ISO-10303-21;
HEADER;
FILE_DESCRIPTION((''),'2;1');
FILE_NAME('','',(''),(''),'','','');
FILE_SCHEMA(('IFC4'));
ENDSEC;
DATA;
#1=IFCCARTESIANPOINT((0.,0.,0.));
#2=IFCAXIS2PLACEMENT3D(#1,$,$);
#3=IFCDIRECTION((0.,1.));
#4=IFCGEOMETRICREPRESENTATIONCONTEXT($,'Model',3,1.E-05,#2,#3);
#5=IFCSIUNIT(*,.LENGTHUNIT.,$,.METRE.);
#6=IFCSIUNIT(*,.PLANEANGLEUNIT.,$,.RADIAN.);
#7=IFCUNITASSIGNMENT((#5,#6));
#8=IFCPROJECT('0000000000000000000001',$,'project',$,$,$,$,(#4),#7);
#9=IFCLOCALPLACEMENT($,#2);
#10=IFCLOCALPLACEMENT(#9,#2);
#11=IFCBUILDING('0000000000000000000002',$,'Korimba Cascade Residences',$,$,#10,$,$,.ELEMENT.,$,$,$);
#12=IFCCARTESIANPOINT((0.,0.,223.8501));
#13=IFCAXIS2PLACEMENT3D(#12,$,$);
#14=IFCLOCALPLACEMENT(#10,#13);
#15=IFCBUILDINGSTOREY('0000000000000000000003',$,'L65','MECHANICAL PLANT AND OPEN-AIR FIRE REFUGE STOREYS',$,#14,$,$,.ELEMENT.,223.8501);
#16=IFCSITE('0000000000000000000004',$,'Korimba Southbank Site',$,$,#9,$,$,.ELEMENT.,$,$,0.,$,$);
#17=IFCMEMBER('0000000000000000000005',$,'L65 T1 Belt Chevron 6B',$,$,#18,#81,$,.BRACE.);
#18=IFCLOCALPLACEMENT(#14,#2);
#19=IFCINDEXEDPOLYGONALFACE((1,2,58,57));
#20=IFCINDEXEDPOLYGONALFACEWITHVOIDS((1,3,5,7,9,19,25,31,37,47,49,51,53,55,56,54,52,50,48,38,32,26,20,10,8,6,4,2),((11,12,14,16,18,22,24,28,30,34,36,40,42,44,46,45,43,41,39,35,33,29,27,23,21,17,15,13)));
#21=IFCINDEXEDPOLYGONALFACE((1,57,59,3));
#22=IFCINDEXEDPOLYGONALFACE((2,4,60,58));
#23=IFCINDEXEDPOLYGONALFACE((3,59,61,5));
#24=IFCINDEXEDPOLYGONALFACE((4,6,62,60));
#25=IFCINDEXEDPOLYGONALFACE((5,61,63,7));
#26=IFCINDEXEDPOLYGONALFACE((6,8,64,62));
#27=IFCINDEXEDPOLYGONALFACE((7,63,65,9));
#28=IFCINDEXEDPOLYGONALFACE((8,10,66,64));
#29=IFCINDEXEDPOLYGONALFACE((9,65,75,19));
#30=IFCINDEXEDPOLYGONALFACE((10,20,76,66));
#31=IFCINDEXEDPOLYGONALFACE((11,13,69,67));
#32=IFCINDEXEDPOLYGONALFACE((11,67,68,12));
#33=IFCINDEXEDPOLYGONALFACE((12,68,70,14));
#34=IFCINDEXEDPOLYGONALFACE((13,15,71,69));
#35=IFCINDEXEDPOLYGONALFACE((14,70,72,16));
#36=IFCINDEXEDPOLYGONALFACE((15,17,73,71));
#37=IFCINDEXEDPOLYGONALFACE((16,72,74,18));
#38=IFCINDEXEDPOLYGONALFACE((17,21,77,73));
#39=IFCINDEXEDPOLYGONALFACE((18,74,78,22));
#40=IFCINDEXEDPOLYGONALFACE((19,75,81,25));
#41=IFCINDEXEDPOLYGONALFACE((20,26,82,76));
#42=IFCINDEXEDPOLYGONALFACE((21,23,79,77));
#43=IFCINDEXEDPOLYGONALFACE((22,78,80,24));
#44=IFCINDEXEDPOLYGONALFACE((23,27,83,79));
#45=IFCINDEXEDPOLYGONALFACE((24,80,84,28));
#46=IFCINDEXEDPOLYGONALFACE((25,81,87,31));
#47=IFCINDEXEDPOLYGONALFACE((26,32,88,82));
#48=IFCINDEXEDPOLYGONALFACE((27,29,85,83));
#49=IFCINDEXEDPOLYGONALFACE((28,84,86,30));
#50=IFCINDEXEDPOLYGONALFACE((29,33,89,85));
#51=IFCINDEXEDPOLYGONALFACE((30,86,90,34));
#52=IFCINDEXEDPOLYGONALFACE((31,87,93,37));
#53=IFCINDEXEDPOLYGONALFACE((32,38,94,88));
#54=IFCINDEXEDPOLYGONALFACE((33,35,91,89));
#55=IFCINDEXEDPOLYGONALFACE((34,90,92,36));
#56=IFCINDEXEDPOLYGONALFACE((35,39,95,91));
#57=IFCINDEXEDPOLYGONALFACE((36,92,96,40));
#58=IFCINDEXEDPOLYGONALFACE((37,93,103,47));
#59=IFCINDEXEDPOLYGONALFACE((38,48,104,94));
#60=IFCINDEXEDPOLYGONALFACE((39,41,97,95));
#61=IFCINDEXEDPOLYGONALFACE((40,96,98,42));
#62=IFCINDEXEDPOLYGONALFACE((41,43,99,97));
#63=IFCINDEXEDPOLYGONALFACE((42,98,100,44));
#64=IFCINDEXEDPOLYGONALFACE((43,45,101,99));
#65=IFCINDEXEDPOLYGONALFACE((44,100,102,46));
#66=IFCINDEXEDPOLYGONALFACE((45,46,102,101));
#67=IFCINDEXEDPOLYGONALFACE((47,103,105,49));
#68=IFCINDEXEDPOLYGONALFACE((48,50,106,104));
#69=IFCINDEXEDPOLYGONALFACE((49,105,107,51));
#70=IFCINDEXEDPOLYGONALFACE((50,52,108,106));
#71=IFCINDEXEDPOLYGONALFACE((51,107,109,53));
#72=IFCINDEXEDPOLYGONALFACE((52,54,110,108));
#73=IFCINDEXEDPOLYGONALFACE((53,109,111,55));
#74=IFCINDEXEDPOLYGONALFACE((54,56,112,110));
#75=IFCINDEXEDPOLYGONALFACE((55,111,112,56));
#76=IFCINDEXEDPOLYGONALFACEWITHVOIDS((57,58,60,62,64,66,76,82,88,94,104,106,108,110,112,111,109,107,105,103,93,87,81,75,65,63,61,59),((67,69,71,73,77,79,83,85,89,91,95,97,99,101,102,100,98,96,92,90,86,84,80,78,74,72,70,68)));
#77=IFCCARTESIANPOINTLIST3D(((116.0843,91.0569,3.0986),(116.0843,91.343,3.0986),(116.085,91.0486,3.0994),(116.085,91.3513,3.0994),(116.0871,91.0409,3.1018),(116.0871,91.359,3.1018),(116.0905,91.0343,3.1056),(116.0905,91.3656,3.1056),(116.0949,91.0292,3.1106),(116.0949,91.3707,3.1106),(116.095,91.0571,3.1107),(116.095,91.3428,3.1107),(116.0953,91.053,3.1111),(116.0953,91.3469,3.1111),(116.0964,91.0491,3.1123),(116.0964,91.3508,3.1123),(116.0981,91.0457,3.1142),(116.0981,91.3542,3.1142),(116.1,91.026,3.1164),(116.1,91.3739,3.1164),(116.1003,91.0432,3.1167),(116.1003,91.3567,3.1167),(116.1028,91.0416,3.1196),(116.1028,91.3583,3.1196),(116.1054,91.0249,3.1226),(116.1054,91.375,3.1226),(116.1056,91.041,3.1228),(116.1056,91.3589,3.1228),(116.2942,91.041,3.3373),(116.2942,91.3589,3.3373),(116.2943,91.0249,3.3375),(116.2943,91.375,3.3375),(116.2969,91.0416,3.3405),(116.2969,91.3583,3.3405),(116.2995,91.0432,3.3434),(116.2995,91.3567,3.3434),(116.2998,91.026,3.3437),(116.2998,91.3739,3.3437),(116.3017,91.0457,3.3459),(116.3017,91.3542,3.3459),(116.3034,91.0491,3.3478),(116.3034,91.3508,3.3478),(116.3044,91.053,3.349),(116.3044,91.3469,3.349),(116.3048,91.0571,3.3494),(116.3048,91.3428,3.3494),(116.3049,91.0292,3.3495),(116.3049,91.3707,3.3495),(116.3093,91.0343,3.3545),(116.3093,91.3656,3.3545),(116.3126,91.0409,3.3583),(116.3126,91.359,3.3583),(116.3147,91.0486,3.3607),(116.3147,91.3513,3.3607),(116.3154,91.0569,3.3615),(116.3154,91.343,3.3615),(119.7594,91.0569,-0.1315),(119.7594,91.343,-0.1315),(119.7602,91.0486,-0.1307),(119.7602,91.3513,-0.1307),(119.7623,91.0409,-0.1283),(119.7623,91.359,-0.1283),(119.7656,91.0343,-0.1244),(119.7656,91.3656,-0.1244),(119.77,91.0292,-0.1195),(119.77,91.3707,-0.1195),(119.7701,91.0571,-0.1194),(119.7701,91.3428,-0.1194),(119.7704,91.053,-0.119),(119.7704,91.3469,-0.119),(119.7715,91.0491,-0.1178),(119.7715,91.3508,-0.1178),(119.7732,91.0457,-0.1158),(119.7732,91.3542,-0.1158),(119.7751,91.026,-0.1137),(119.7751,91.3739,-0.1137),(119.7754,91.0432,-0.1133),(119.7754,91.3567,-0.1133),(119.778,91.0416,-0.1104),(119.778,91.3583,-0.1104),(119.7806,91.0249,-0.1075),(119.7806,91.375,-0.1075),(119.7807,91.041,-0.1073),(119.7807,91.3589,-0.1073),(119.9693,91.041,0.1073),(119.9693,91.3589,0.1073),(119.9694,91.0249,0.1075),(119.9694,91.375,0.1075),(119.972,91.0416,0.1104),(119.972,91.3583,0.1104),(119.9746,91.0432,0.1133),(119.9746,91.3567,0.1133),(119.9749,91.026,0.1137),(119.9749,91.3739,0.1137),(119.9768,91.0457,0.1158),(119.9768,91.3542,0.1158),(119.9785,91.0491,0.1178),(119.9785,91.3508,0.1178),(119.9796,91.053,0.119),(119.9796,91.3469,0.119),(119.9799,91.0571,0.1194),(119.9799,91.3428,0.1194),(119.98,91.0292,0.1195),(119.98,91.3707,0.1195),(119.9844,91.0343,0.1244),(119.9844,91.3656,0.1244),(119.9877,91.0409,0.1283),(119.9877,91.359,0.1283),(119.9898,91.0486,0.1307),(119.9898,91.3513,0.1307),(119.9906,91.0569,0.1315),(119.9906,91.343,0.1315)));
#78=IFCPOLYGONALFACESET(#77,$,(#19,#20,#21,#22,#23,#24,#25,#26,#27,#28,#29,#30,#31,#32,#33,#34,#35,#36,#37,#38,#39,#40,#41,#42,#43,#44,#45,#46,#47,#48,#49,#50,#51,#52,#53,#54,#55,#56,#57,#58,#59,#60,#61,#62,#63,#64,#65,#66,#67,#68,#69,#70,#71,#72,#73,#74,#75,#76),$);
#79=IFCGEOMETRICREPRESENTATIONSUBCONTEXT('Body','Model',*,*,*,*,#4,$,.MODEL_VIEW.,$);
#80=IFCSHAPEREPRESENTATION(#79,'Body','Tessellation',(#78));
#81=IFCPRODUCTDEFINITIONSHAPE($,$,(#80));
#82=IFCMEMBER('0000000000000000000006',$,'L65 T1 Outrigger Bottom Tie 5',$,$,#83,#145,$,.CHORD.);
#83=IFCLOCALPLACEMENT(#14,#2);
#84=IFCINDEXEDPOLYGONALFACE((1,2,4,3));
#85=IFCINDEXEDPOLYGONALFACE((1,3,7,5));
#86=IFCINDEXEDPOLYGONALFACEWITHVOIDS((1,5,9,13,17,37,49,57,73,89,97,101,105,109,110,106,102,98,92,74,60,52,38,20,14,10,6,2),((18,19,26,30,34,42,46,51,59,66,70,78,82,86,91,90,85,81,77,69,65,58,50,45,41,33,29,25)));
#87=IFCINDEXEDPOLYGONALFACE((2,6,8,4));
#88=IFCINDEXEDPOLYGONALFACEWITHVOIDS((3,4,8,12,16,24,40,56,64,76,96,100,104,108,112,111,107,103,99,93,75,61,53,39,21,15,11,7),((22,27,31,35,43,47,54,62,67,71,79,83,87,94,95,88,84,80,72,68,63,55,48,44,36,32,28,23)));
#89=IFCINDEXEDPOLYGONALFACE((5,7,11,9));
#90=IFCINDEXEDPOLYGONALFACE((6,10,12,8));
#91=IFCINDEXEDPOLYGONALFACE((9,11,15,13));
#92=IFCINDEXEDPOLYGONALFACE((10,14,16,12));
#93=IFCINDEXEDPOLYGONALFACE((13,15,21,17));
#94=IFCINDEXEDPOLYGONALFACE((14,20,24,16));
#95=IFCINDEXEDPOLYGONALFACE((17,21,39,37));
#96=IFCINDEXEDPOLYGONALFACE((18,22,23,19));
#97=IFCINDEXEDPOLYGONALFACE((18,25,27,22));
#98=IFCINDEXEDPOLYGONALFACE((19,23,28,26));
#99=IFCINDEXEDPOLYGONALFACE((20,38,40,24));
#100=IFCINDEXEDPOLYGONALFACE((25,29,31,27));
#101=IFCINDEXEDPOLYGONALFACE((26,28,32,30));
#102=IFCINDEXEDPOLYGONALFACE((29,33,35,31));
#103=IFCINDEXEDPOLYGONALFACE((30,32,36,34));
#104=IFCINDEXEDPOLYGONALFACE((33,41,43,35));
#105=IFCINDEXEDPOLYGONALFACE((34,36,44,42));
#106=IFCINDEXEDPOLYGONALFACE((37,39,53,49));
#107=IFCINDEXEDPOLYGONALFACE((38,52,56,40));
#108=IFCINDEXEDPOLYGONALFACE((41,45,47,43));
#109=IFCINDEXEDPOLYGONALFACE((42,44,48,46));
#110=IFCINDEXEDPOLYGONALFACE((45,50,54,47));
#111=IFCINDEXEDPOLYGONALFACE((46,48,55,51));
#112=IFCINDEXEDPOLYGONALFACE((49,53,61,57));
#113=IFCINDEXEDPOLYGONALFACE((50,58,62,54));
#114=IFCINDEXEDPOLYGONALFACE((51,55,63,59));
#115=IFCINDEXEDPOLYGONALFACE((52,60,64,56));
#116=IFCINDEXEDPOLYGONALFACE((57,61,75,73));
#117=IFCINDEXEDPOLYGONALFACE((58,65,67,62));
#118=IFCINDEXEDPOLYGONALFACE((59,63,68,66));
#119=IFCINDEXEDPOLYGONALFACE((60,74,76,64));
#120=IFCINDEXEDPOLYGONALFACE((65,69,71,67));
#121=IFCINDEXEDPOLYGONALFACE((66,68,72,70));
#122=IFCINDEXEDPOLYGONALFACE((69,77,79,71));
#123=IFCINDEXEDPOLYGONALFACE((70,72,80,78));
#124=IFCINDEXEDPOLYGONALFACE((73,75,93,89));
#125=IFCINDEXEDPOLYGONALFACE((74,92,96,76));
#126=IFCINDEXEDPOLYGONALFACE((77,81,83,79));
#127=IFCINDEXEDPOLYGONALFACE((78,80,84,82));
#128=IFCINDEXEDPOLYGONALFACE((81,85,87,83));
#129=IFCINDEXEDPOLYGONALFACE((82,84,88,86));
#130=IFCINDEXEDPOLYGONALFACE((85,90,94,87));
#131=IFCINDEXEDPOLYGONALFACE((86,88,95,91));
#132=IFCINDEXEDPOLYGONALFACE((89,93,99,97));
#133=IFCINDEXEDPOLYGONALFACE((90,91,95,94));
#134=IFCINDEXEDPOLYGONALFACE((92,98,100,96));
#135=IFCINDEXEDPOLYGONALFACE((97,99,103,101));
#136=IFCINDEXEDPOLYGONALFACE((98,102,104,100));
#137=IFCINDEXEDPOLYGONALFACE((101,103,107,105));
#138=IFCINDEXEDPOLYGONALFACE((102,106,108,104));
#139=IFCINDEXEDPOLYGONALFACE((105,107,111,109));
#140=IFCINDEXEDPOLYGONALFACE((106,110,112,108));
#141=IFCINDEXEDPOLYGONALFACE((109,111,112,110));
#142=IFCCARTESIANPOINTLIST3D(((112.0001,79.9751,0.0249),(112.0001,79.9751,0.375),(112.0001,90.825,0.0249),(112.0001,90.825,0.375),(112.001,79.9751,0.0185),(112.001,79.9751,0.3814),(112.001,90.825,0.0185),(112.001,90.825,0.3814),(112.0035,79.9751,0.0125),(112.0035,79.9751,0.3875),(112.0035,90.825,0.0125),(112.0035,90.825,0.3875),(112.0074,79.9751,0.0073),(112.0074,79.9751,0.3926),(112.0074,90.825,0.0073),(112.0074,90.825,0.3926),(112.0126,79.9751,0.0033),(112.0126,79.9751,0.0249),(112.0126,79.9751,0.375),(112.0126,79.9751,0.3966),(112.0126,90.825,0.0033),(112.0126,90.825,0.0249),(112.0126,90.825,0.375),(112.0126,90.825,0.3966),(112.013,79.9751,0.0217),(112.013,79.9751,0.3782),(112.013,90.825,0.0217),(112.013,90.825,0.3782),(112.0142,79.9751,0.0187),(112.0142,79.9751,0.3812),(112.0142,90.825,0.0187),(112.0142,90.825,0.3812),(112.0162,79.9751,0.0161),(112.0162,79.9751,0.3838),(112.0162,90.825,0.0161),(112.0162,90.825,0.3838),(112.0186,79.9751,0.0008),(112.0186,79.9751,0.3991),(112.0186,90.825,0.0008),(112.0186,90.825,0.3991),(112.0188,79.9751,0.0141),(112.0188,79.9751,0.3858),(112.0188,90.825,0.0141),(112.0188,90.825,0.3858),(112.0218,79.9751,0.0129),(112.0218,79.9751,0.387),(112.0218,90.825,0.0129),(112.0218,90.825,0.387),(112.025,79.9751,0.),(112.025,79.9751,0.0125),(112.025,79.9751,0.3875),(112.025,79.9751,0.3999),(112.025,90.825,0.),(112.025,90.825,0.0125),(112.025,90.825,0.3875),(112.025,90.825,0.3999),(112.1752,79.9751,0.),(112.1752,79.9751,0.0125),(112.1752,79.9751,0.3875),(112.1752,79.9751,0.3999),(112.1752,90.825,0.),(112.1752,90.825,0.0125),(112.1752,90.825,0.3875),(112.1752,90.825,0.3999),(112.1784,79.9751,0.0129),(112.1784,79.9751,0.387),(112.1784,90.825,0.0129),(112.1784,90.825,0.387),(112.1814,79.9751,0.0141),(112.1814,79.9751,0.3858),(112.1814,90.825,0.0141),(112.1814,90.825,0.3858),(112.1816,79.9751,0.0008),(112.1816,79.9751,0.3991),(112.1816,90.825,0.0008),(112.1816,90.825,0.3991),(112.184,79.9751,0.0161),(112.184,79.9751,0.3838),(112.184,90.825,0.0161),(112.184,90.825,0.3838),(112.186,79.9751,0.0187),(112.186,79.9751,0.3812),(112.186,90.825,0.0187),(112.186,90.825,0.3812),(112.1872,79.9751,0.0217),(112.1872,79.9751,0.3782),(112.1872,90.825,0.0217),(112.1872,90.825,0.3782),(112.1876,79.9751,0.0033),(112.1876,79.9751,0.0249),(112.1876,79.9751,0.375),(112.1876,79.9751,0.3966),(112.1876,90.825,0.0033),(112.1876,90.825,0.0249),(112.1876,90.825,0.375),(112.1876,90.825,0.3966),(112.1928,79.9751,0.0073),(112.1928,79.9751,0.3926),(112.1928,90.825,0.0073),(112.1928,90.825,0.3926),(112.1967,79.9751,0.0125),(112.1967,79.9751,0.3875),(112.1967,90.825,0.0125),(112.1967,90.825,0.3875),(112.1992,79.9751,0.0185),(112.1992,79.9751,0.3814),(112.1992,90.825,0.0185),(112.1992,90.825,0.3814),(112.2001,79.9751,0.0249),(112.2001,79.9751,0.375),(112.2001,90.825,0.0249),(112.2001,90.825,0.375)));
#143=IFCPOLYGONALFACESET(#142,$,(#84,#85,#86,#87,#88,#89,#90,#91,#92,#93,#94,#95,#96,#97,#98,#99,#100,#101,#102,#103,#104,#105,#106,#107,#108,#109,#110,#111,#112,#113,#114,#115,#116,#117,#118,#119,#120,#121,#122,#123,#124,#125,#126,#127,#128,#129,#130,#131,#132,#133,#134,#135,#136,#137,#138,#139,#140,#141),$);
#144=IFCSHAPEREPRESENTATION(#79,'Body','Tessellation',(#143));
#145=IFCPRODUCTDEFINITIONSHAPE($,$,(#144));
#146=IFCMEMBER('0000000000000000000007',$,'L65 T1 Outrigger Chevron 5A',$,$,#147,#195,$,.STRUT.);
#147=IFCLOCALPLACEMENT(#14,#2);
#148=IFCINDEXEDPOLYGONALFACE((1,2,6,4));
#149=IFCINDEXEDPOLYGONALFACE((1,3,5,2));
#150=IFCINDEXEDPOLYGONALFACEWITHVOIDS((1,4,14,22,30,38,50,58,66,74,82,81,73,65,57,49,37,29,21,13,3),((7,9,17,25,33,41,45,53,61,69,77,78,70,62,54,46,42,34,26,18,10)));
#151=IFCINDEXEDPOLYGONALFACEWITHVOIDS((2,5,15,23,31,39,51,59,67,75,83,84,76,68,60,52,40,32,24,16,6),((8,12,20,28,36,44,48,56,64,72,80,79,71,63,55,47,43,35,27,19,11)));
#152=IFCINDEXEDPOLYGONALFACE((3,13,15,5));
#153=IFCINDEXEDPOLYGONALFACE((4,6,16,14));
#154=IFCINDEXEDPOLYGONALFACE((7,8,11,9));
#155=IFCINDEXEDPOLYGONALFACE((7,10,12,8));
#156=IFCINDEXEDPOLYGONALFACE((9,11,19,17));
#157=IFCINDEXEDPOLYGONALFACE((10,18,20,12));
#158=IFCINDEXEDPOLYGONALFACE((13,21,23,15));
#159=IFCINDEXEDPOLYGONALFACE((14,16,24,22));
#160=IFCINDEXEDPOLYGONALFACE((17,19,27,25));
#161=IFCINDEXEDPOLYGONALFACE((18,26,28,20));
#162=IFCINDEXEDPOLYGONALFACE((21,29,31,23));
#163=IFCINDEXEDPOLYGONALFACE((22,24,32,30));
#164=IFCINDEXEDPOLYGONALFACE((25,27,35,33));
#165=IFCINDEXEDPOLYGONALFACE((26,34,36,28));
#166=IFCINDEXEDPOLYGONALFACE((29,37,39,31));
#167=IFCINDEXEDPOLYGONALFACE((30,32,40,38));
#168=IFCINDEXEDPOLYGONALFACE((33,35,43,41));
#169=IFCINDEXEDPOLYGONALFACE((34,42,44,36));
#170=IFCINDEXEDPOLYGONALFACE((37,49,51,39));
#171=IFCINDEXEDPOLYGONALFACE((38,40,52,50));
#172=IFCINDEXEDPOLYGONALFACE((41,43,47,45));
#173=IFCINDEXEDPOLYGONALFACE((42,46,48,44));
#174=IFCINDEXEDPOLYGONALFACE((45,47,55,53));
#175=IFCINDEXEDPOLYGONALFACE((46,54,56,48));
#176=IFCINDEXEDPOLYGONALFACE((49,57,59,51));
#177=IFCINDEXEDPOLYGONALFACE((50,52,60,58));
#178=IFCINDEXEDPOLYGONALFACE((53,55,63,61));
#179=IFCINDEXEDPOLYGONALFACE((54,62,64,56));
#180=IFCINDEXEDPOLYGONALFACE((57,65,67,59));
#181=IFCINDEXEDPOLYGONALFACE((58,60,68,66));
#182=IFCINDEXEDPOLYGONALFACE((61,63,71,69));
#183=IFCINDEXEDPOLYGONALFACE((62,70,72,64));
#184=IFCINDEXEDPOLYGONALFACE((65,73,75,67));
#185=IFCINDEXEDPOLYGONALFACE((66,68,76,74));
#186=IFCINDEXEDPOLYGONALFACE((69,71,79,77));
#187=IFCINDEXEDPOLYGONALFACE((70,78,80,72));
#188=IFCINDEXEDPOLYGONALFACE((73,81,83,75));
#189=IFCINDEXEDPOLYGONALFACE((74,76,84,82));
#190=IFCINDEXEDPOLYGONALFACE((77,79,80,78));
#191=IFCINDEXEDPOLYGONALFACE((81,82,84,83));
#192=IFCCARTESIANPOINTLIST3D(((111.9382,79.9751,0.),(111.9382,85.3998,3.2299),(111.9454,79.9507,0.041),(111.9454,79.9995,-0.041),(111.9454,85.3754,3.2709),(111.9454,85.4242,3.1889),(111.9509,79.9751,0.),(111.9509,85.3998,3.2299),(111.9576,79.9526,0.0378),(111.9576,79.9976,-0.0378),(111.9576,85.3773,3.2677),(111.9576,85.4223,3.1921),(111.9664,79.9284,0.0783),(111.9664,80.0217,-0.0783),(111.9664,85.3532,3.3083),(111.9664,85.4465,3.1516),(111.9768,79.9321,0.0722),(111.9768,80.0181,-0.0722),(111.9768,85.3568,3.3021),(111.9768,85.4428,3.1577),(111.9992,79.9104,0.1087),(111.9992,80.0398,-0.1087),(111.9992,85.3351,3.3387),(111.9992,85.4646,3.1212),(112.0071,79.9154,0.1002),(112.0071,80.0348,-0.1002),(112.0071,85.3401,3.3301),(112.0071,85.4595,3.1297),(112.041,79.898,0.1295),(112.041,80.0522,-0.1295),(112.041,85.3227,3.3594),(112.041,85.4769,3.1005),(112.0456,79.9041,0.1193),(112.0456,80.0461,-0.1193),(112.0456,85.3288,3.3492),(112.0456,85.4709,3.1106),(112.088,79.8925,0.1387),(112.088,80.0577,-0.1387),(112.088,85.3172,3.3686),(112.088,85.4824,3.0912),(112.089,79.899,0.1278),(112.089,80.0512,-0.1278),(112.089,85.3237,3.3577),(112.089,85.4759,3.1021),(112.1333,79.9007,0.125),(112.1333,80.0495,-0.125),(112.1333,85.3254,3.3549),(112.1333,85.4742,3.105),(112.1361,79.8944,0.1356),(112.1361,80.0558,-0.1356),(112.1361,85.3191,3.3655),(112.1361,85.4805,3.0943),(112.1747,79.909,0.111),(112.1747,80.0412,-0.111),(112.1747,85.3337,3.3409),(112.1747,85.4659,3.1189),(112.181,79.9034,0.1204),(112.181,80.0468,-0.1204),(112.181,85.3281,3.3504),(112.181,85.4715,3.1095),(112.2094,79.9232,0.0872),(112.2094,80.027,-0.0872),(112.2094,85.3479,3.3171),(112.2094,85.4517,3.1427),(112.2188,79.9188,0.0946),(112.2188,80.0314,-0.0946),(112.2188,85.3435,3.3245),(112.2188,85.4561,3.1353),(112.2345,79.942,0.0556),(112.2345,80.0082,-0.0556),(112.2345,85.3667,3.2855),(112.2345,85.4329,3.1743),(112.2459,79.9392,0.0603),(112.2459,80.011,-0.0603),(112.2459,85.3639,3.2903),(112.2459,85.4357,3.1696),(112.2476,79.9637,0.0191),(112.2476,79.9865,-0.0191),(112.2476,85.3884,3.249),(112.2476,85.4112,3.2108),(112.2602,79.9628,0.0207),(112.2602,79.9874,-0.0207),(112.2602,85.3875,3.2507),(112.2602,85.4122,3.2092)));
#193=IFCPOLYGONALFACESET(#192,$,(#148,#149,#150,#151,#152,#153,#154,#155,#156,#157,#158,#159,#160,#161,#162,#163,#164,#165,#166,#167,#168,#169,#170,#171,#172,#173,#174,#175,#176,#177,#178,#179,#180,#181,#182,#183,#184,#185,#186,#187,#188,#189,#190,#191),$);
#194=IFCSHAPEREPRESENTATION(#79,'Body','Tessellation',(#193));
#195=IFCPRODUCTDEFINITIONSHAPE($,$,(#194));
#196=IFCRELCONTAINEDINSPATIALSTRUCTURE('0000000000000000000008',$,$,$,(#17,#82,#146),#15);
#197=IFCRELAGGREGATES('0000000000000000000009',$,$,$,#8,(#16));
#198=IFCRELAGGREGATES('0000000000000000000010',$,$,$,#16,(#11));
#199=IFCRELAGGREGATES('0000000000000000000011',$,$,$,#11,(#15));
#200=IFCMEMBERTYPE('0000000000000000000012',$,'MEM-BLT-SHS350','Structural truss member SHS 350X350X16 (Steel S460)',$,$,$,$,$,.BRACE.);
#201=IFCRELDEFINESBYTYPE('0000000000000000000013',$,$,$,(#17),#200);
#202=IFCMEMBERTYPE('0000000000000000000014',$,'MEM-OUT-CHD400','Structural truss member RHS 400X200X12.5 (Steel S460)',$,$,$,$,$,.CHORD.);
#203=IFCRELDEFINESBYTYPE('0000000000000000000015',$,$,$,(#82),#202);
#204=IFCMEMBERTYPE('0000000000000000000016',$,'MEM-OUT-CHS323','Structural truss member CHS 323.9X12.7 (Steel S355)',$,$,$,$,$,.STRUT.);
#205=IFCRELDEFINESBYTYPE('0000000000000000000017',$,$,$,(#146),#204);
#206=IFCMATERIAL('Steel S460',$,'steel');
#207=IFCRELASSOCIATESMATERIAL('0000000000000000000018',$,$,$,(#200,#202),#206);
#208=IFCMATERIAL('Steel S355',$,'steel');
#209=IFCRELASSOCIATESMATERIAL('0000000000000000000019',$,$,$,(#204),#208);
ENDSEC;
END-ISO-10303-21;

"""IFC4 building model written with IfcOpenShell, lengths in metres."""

from ifc_helpers import new_model, si_unit, direction, frame, origin, origin_2d, place, context, subcontext, project, spatial, hollow_rectangle, hollow_circle, extrude, material, material_profile, profile_set, type_object, element, save


model = new_model("IFC4")

# Units and contexts
model_context = context("Model", 3, precision=1e-05, world=origin(), true_north=direction((0.0, 1.0)))
body_context = subcontext(model_context, "Body", "Model", "MODEL_VIEW")
ifc_project = project(units=[si_unit("LENGTHUNIT", "METRE"), si_unit("PLANEANGLEUNIT", "RADIAN")], contexts=[model_context])

# Site, building, storey
site_placement = place(None, origin())
site = spatial("IfcSite", under=ifc_project, at=site_placement, Name="Korimba Southbank Site", CompositionType="ELEMENT", RefElevation=0.0)
building_placement = place(site_placement, origin())
building = spatial("IfcBuilding", under=site, at=building_placement, Name="Korimba Cascade Residences", CompositionType="ELEMENT")
storey_placement = place(building_placement, frame((0.0, 0.0, 223.8501)))
storey = spatial("IfcBuildingStorey", under=building, at=storey_placement, Name="L65", Description="MECHANICAL PLANT AND OPEN-AIR FIRE REFUGE STOREYS", CompositionType="ELEMENT", Elevation=223.8501)

# Shared definitions
ifc_material_1 = material(Name="Steel S355", Category="steel")

# Members
ifc_material_2 = material(Name="Steel S460", Category="steel")
ifc_material_profile_1 = material_profile(ifc_material_2, hollow_rectangle(XDim=0.3501, YDim=0.3501, WallThickness=0.0161, InnerFilletRadius=0.0161, OuterFilletRadius=0.032, at=origin_2d()), Name="Steel S460")
ifc_profile_set_1 = profile_set([ifc_material_profile_1], Name="Steel S460")
member_type_1 = type_object("IfcMemberType", Name="MEM-BLT-SHS350", Description="Structural truss member SHS 350X350X16 (Steel S460)", PredefinedType="BRACE", material=ifc_profile_set_1)
for number, where, z_axis, x_axis, name in (
    (1, (119.875, 91.2, 0.0), (-0.751125, 0.0, 0.66016), (0.0, -1.0, 0.0), "L65 T1 Belt Chevron 6B"),
):
    element("IfcMember", number, at=place(storey_placement, frame(where, z_axis=z_axis, x_axis=x_axis)), inside=storey, type_object=member_type_1, Name=name, PredefinedType="BRACE", context=body_context, shape_type="SweptSolid", body=[
        extrude(hollow_rectangle(XDim=0.3501, YDim=0.3501, WallThickness=0.0161, InnerFilletRadius=0.0161, OuterFilletRadius=0.032, at=origin_2d()), origin(), (0.0, 0.0, 1.0), 4.8928),
    ])
ifc_material_profile_2 = material_profile(ifc_material_2, hollow_rectangle(XDim=0.2, YDim=0.3999, WallThickness=0.0125, InnerFilletRadius=0.0125, OuterFilletRadius=0.0249, at=origin_2d()), Name="Steel S460")
ifc_profile_set_2 = profile_set([ifc_material_profile_2], Name="Steel S460")
member_type_2 = type_object("IfcMemberType", Name="MEM-OUT-CHD400", Description="Structural truss member RHS 400X200X12.5 (Steel S460)", PredefinedType="CHORD", material=ifc_profile_set_2)
member_1_placement = place(storey_placement, frame((112.1001, 79.9751, 0.2), z_axis=(0.0, 1.0, 0.0), x_axis=(-1.0, 0.0, 0.0)))
element("IfcMember", 2, at=member_1_placement, inside=storey, type_object=member_type_2, Name="L65 T1 Outrigger Bottom Tie 5", PredefinedType="CHORD", context=body_context, shape_type="SweptSolid", body=[
    extrude(hollow_rectangle(XDim=0.2, YDim=0.3999, WallThickness=0.0125, InnerFilletRadius=0.0125, OuterFilletRadius=0.0249, at=origin_2d()), origin(), (0.0, 0.0, 1.0), 10.8499),
])
ifc_material_profile_3 = material_profile(ifc_material_1, hollow_circle(Radius=0.1619, WallThickness=0.0127, at=origin_2d()), Name="Steel S355")
ifc_profile_set_3 = profile_set([ifc_material_profile_3], Name="Steel S355")
member_type_3 = type_object("IfcMemberType", Name="MEM-OUT-CHS323", Description="Structural truss member CHS 323.9X12.7 (Steel S355)", PredefinedType="STRUT", material=ifc_profile_set_3)
member_2_placement = place(storey_placement, frame((112.1001, 79.9751, 0.0), z_axis=(0.0, 0.859228, 0.511593), x_axis=(-1.0, 0.0, 0.0)))
element("IfcMember", 3, at=member_2_placement, inside=storey, type_object=member_type_3, Name="L65 T1 Outrigger Chevron 5A", PredefinedType="STRUT", context=body_context, shape_type="SweptSolid", body=[
    extrude(hollow_circle(Radius=0.1619, WallThickness=0.0127, at=origin_2d()), origin(), (0.0, 0.0, 1.0), 6.3135),
])

save(model, "model.ifc")
